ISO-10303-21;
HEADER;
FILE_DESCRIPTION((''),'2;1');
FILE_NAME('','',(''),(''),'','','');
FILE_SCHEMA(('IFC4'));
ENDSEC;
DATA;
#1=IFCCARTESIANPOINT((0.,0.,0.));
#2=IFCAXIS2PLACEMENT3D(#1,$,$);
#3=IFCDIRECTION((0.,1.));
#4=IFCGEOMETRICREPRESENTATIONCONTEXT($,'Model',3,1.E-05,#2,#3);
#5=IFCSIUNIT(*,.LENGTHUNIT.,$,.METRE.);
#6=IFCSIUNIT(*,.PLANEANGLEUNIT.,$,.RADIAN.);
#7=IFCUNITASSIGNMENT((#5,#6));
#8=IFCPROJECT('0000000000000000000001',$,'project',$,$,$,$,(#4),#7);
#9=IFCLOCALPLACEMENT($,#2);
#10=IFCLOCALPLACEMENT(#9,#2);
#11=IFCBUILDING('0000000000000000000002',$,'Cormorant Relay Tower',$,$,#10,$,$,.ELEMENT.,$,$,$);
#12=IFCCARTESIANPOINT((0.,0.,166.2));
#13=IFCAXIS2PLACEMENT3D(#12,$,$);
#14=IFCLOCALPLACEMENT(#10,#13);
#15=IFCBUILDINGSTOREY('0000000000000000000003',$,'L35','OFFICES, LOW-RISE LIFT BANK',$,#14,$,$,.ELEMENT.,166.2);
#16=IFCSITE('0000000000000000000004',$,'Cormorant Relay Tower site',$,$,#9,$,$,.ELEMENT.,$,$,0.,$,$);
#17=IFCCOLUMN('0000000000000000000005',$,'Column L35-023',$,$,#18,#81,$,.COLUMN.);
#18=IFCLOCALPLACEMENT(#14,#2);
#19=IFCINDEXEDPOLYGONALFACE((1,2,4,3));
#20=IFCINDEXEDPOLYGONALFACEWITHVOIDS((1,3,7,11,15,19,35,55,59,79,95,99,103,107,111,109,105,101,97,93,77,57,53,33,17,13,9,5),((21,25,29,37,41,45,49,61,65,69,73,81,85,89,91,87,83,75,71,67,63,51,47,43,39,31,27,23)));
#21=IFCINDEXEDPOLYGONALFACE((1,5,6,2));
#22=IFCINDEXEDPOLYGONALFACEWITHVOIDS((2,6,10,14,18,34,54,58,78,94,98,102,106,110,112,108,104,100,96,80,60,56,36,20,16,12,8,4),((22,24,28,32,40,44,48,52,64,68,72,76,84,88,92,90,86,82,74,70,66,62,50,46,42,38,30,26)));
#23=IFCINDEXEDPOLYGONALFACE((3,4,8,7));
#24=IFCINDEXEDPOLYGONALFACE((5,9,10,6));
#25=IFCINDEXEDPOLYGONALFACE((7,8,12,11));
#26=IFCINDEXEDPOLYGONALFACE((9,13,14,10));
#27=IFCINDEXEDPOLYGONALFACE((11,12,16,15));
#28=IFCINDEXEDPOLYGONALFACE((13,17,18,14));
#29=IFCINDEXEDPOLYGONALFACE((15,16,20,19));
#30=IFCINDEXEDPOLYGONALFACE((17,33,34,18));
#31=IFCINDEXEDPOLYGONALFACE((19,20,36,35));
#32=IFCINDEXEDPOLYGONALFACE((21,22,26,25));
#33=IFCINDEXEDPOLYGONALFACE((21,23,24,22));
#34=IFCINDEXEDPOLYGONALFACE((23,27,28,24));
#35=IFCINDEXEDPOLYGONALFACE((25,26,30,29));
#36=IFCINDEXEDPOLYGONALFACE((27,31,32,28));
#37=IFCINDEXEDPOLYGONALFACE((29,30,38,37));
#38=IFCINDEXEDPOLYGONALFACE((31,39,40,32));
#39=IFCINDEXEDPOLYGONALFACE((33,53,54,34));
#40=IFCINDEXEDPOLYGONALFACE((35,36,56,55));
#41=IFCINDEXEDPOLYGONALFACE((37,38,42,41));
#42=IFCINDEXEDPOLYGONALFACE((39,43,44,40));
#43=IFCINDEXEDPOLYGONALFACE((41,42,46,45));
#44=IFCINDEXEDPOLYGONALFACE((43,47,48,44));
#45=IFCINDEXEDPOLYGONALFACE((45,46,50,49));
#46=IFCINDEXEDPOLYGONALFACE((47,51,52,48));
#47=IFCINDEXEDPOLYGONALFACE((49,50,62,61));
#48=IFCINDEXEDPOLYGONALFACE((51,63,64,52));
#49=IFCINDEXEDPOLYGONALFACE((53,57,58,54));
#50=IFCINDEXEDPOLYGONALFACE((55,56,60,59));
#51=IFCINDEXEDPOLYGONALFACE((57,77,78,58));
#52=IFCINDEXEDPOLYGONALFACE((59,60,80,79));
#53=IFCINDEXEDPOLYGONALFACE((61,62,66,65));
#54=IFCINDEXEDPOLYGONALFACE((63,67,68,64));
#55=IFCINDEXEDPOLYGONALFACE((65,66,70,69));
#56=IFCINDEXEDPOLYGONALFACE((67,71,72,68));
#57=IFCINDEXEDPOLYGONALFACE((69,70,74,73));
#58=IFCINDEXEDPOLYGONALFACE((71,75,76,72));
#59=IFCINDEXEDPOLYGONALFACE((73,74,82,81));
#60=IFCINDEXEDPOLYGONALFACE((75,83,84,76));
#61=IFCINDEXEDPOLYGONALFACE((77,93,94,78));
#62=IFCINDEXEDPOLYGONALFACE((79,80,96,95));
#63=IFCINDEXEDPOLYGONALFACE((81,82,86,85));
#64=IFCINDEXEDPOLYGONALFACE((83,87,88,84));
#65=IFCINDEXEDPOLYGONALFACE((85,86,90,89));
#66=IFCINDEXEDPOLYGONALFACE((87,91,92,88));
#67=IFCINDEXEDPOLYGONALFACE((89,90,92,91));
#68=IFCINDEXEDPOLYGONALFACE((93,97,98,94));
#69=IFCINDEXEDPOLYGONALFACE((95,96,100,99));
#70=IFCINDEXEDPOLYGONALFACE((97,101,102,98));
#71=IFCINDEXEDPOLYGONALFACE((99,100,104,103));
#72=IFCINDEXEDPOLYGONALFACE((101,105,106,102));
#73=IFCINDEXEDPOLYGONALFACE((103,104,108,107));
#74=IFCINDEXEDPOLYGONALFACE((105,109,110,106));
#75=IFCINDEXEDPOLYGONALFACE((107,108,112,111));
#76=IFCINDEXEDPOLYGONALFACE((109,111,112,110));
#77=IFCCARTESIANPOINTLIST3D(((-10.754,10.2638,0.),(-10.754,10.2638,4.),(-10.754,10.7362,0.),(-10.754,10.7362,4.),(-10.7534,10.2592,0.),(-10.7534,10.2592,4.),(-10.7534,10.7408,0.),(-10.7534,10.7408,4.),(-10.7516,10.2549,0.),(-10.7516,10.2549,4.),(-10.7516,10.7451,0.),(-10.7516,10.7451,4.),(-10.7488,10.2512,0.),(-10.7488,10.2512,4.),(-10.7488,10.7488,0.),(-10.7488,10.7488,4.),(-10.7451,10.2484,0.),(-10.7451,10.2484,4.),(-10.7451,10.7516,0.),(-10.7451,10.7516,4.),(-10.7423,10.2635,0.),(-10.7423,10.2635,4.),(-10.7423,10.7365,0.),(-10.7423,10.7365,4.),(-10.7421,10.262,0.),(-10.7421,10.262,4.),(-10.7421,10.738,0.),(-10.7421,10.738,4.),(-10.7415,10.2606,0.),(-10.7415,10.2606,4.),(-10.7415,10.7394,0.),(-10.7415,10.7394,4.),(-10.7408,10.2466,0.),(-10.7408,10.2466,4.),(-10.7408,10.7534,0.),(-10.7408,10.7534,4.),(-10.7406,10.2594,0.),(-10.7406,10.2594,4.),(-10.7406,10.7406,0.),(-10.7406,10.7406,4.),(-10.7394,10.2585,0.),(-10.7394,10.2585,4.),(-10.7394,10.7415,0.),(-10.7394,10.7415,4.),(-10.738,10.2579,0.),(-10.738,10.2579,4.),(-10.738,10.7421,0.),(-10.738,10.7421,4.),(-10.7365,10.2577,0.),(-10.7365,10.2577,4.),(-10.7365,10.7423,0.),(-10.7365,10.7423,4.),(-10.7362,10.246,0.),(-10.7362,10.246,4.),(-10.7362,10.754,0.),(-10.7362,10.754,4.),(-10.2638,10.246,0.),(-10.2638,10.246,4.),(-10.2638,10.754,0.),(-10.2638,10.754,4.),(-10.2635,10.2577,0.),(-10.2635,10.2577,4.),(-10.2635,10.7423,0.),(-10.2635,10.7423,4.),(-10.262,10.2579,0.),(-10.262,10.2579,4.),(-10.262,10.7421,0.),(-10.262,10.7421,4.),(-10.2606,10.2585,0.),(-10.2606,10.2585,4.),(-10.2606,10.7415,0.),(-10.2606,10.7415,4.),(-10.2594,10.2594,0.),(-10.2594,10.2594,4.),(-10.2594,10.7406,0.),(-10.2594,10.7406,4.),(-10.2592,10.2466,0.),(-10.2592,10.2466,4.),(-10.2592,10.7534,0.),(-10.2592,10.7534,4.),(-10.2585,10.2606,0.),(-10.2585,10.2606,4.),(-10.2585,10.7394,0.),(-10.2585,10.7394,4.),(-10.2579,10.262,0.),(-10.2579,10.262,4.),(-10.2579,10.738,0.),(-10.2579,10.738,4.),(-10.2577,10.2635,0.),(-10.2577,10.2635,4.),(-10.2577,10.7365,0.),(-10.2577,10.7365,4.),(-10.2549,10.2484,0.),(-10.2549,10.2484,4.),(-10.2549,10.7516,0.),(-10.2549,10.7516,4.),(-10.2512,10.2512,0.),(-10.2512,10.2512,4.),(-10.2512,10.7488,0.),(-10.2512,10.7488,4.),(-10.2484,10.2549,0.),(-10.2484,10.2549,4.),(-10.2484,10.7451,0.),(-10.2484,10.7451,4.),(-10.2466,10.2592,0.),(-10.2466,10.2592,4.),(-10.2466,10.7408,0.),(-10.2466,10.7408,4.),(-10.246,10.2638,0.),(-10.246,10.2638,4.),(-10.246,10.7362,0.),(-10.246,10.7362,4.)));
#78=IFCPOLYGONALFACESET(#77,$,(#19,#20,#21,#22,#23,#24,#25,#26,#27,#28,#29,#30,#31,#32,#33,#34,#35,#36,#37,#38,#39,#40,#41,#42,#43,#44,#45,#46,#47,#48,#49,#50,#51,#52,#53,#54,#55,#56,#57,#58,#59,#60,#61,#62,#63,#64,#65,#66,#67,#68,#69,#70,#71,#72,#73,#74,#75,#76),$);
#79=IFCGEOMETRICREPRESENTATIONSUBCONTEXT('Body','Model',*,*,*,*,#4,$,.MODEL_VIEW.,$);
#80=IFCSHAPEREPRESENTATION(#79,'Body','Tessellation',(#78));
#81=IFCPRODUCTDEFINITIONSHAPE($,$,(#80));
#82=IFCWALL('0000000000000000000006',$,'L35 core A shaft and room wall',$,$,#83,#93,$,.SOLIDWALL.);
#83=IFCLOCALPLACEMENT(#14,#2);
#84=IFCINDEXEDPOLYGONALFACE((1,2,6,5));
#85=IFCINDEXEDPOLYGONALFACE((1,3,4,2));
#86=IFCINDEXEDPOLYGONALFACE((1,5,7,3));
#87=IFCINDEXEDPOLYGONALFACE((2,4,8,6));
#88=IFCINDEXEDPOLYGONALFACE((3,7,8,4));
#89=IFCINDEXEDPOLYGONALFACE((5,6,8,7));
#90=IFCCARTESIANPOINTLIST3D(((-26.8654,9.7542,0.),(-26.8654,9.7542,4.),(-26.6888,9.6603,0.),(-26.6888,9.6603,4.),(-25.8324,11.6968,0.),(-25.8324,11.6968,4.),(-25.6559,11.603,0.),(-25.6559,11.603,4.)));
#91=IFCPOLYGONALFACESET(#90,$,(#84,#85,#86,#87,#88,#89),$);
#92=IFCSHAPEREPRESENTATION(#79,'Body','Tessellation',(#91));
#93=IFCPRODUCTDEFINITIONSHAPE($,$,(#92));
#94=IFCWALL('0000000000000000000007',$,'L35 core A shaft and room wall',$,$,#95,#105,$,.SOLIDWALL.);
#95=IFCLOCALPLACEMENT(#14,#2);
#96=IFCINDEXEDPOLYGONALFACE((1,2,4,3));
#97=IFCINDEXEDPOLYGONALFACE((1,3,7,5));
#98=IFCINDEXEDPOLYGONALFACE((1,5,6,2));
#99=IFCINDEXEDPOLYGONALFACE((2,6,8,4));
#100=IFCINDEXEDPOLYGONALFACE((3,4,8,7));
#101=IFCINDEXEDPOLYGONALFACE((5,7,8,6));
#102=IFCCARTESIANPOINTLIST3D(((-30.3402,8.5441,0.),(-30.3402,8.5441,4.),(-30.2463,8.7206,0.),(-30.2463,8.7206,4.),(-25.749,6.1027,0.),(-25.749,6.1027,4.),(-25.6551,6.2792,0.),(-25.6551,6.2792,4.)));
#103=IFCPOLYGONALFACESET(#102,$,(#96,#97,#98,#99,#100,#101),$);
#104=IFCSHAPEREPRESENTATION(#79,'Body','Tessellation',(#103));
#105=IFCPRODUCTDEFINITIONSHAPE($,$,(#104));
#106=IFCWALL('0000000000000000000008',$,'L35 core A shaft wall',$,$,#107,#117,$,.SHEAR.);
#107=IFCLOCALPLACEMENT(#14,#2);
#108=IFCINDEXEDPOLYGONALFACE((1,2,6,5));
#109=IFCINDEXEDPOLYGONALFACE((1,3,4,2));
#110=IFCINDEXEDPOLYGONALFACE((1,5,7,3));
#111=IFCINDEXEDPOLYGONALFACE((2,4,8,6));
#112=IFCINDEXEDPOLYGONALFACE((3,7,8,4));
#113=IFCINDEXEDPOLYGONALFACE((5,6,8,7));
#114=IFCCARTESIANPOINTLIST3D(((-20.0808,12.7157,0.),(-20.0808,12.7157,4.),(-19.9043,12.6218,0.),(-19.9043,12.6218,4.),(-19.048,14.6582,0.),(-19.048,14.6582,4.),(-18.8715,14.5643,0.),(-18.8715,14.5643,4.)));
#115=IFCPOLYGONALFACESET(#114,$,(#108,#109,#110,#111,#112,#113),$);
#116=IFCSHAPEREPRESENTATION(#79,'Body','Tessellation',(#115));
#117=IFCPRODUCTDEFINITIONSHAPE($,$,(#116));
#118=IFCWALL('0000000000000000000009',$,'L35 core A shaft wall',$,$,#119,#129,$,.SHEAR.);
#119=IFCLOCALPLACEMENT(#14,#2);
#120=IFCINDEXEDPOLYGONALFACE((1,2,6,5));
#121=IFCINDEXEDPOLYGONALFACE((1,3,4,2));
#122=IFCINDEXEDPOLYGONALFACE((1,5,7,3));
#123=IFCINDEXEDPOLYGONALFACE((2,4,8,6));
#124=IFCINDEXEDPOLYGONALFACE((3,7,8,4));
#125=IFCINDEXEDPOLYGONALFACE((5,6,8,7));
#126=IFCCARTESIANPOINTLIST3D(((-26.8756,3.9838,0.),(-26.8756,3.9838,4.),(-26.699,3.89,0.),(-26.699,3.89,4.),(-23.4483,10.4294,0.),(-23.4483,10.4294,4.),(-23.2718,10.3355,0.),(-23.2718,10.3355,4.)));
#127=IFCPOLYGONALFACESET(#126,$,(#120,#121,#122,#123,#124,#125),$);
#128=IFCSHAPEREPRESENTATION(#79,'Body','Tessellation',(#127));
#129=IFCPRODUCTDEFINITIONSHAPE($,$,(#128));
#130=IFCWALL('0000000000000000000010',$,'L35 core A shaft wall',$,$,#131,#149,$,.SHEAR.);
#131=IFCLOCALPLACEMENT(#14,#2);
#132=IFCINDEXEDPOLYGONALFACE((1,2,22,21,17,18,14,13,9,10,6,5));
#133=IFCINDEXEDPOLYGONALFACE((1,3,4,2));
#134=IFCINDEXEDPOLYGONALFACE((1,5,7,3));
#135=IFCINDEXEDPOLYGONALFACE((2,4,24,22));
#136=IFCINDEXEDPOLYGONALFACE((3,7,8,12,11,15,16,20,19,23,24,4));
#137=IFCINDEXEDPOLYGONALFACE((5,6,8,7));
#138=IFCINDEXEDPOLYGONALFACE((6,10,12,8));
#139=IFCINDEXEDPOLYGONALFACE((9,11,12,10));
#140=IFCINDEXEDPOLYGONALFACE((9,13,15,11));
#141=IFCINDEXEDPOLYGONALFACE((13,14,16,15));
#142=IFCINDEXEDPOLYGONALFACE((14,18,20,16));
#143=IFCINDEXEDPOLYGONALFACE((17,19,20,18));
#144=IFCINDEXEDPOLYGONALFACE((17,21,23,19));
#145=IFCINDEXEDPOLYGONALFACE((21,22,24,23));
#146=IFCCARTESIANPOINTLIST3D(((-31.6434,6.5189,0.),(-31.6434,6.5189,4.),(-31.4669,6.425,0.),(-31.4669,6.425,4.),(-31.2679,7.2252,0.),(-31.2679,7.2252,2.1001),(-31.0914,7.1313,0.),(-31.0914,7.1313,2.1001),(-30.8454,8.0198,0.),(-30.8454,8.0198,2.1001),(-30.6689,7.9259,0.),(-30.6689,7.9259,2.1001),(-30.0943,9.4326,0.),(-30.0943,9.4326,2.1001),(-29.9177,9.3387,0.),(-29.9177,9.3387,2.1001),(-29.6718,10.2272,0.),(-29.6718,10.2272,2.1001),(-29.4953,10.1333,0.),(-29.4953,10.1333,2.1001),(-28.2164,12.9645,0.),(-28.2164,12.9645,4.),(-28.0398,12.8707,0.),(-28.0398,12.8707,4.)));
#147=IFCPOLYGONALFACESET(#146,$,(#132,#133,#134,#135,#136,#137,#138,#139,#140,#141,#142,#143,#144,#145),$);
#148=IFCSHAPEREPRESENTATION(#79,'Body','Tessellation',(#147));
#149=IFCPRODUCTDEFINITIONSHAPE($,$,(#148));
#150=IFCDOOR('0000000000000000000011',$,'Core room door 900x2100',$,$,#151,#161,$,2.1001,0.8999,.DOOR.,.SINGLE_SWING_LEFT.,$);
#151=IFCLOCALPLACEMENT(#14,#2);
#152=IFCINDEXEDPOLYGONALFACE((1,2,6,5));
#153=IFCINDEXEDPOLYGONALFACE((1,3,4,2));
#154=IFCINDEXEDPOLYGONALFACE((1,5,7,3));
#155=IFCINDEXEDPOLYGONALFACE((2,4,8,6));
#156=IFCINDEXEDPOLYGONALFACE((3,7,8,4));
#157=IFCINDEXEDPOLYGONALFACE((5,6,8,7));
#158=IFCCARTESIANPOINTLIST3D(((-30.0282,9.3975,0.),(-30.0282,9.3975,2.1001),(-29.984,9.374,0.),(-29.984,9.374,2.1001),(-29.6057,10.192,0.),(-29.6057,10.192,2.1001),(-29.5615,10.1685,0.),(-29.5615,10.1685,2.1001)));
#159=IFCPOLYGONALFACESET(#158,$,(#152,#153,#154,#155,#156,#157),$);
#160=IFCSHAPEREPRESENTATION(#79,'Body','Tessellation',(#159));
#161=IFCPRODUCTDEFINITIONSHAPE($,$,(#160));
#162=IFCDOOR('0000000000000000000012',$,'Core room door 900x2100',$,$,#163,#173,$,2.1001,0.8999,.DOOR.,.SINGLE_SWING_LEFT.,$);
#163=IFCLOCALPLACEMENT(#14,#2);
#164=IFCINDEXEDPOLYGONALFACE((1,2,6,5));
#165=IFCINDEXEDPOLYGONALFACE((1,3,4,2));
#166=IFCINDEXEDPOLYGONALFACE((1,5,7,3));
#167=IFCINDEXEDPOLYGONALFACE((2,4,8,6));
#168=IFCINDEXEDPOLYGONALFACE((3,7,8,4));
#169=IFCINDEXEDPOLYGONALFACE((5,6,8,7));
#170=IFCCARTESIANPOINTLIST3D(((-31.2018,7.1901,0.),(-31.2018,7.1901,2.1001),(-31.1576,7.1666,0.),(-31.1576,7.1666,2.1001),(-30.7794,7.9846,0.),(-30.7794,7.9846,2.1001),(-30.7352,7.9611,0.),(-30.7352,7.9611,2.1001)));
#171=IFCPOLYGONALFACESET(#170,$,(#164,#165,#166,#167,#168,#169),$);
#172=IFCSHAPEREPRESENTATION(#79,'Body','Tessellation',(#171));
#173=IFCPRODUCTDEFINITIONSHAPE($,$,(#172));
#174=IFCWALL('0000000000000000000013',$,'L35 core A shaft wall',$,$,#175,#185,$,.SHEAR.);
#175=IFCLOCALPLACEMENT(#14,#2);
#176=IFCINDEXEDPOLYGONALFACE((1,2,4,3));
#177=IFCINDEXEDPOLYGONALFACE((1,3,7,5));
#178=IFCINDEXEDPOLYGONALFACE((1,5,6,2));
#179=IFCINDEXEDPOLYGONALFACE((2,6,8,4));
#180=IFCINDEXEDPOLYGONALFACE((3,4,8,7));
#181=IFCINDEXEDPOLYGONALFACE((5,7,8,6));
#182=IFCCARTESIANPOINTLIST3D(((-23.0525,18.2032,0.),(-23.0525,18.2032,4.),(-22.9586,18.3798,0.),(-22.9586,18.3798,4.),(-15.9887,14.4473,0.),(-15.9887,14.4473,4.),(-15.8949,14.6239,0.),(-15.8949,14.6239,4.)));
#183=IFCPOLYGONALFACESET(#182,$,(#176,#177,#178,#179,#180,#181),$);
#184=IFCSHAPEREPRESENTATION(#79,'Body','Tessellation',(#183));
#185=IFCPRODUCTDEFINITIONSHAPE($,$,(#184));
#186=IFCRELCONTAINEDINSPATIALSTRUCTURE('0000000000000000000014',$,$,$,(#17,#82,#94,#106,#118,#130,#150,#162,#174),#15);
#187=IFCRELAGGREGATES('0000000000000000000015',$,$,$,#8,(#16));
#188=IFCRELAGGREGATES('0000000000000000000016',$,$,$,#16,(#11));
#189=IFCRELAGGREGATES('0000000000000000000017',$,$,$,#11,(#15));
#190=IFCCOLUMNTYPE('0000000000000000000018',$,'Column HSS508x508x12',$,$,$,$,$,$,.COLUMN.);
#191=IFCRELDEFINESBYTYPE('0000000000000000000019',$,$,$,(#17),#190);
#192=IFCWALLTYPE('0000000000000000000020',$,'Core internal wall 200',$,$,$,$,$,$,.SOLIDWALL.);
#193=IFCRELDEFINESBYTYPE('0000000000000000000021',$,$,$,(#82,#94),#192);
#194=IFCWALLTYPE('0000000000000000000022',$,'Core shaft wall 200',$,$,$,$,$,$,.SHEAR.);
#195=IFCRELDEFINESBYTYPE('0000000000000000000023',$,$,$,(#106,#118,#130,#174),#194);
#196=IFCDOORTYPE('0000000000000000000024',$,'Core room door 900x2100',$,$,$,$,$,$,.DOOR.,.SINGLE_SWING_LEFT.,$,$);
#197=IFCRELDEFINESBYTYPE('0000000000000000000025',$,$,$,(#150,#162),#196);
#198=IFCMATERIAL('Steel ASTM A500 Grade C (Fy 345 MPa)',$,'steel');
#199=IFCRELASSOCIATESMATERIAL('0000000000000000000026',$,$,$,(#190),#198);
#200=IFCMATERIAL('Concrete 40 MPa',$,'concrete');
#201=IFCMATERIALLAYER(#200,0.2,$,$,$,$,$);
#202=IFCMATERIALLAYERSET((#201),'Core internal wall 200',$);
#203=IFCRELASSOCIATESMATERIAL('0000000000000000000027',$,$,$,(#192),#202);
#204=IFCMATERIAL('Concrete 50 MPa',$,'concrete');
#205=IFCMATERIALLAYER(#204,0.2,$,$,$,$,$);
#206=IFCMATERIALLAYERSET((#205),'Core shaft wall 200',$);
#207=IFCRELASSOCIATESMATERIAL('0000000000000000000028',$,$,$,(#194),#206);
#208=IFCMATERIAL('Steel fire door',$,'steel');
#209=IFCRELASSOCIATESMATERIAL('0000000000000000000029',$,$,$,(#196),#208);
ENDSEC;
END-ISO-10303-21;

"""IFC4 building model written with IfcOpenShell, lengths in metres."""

from ifc_helpers import new_model, si_unit, direction, frame, frame_2d, origin, origin_2d, place, context, subcontext, project, spatial, rectangle, hollow_rectangle, extrude, material, layer, layer_set, material_profile, profile_set, type_object, element, fill, save


model = new_model("IFC4")

# Units and contexts
model_context = context("Model", 3, precision=1e-05, world=origin(), true_north=direction((0.0, 1.0)))
body_context = subcontext(model_context, "Body", "Model", "MODEL_VIEW")
ifc_project = project(units=[si_unit("LENGTHUNIT", "METRE"), si_unit("PLANEANGLEUNIT", "RADIAN")], contexts=[model_context])

# Site, building, storey
site_placement = place(None, origin())
site = spatial("IfcSite", under=ifc_project, at=site_placement, Name="Cormorant Relay Tower site", CompositionType="ELEMENT", RefElevation=0.0)
building_placement = place(site_placement, origin())
building = spatial("IfcBuilding", under=site, at=building_placement, Name="Cormorant Relay Tower", CompositionType="ELEMENT")
storey_placement = place(building_placement, frame((0.0, 0.0, 166.2)))
storey = spatial("IfcBuildingStorey", under=building, at=storey_placement, Name="L35", Description="OFFICES, LOW-RISE LIFT BANK", CompositionType="ELEMENT", Elevation=166.2)

# Column
ifc_material_1 = material(Name="Steel ASTM A500 Grade C (Fy 345 MPa)", Category="steel")
ifc_material_profile = material_profile(ifc_material_1, hollow_rectangle(XDim=0.5081, YDim=0.5081, WallThickness=0.0117, InnerFilletRadius=0.0059, OuterFilletRadius=0.0178, at=origin_2d()), Name="HSS508x508x12")
ifc_profile_set = profile_set([ifc_material_profile], Name="Steel ASTM A500 Grade C (Fy 345 MPa)")
column_type = type_object("IfcColumnType", Name="Column HSS508x508x12", PredefinedType="COLUMN", material=ifc_profile_set)
column_placement = place(storey_placement, frame((-10.5, 10.5, 0.0), z_axis=(0.0, 0.0, 1.0), x_axis=(1.0, 0.0, 0.0)))
element("IfcColumn", 1, at=column_placement, inside=storey, type_object=column_type, Name="Column L35-023", PredefinedType="COLUMN", context=body_context, shape_type="SweptSolid", body=[
    extrude(hollow_rectangle(XDim=0.5081, YDim=0.5081, WallThickness=0.0117, InnerFilletRadius=0.0059, OuterFilletRadius=0.0178, at=origin_2d()), origin(), (0.0, 0.0, 1.0), 4.0),
])

# Walls
ifc_material_2 = material(Name="Concrete 40 MPa", Category="concrete")
ifc_layer_1 = layer(ifc_material_2, 0.2)
ifc_layer_set_1 = layer_set([ifc_layer_1], Name="Core internal wall 200")
wall_type_1 = type_object("IfcWallType", Name="Core internal wall 200", PredefinedType="SOLIDWALL", material=ifc_layer_set_1)
wall_1_placement = place(storey_placement, frame((-25.7441, 11.6499, 0.0), z_axis=(0.0, 0.0, 1.0), x_axis=(-0.469488, -0.882939, 0.0)))
element("IfcWall", 2, at=wall_1_placement, inside=storey, type_object=wall_type_1, Name="L35 core A shaft and room wall", PredefinedType="SOLIDWALL", context=body_context, shape_type="SweptSolid", body=[
    extrude(rectangle(XDim=2.2002, YDim=0.2, at=frame_2d((1.1001, 0.0))), origin(), (0.0, 0.0, 1.0), 4.0),
])
wall_2_placement = place(storey_placement, frame((-25.7019, 6.1909, 0.0), z_axis=(0.0, 0.0, 1.0), x_axis=(-0.882935, 0.469496, 0.0)))
element("IfcWall", 3, at=wall_2_placement, inside=storey, type_object=wall_type_1, Name="L35 core A shaft and room wall", PredefinedType="SOLIDWALL", context=body_context, shape_type="SweptSolid", body=[
    extrude(rectangle(XDim=5.2, YDim=0.2, at=frame_2d((2.6001, 0.0))), origin(), (0.0, 0.0, 1.0), 4.0),
])
ifc_material_3 = material(Name="Concrete 50 MPa", Category="concrete")
ifc_layer_2 = layer(ifc_material_3, 0.2)
ifc_layer_set_2 = layer_set([ifc_layer_2], Name="Core shaft wall 200")
wall_type_2 = type_object("IfcWallType", Name="Core shaft wall 200", PredefinedType="SHEAR", material=ifc_layer_set_2)
wall_3_placement = place(storey_placement, frame((-18.9597, 14.6113, 0.0), z_axis=(0.0, 0.0, 1.0), x_axis=(-0.469447, -0.88296, 0.0)))
element("IfcWall", 4, at=wall_3_placement, inside=storey, type_object=wall_type_2, Name="L35 core A shaft wall", PredefinedType="SHEAR", context=body_context, shape_type="SweptSolid", body=[
    extrude(rectangle(XDim=2.2, YDim=0.2, at=frame_2d((1.1001, 0.0))), origin(), (0.0, 0.0, 1.0), 4.0),
])
wall_4_placement = place(storey_placement, frame((-23.3601, 10.3823, 0.0), z_axis=(0.0, 0.0, 1.0), x_axis=(-0.46948, -0.882943, 0.0)))
element("IfcWall", 5, at=wall_4_placement, inside=storey, type_object=wall_type_2, Name="L35 core A shaft wall", PredefinedType="SHEAR", context=body_context, shape_type="SweptSolid", body=[
    extrude(rectangle(XDim=7.3, YDim=0.2, at=frame_2d((3.6499, 0.0))), origin(), (0.0, 0.0, 1.0), 4.0),
])

# Wall, openings, doors
wall_5_placement = place(storey_placement, frame((-28.1282, 12.9175, 0.0), z_axis=(0.0, 0.0, 1.0), x_axis=(-0.469454, -0.882957, 0.0)))
wall_5 = element("IfcWall", 6, at=wall_5_placement, inside=storey, type_object=wall_type_2, Name="L35 core A shaft wall", PredefinedType="SHEAR", context=body_context, shape_type="SweptSolid", body=[
    extrude(rectangle(XDim=7.3, YDim=0.2, at=frame_2d((3.6499, 0.0))), origin(), (0.0, 0.0, 1.0), 4.0),
])
opening_1_placement = place(wall_5_placement, frame((3.1001, 0.0, 0.0)))
opening_1 = element("IfcOpeningElement", 7, at=opening_1_placement, cuts=wall_5, PredefinedType="OPENING", context=body_context, shape_type="SweptSolid", body=[
    extrude(rectangle(XDim=0.8999, YDim=2.1001, at=frame_2d((0.45, 1.05))), frame((0.0, 0.1099, 0.0), z_axis=(0.0, -1.0, 0.0), x_axis=(1.0, 0.0, 0.0)), (0.0, 0.0, 1.0), 0.22),
])
opening_2_placement = place(wall_5_placement, frame((5.6001, 0.0, 0.0)))
opening_2 = element("IfcOpeningElement", 8, at=opening_2_placement, cuts=wall_5, PredefinedType="OPENING", context=body_context, shape_type="SweptSolid", body=[
    extrude(rectangle(XDim=0.8999, YDim=2.1001, at=frame_2d((0.45, 1.05))), frame((0.0, 0.1099, 0.0), z_axis=(0.0, -1.0, 0.0), x_axis=(1.0, 0.0, 0.0)), (0.0, 0.0, 1.0), 0.22),
])
ifc_material_4 = material(Name="Steel fire door", Category="steel")
door_type_1 = type_object("IfcDoorType", Name="Core room door 900x2100", OperationType="SINGLE_SWING_LEFT", PredefinedType="DOOR", material=ifc_material_4)
door_1_placement = place(opening_1_placement, origin())
door_1 = element("IfcDoor", 9, at=door_1_placement, inside=storey, type_object=door_type_1, Name="Core room door 900x2100", OperationType="SINGLE_SWING_LEFT", OverallHeight=2.1001, OverallWidth=0.8999, PredefinedType="DOOR", context=body_context, shape_type="SweptSolid", body=[
    extrude(rectangle(XDim=0.8999, YDim=2.1001, at=frame_2d((0.45, 1.05))), frame((0.0, 0.0249, 0.0), z_axis=(0.0, -1.0, 0.0), x_axis=(1.0, 0.0, 0.0)), (0.0, 0.0, 1.0), 0.05),
])
fill(opening_1, door_1)
door_2_placement = place(opening_2_placement, origin())
door_2 = element("IfcDoor", 10, at=door_2_placement, inside=storey, type_object=door_type_1, Name="Core room door 900x2100", OperationType="SINGLE_SWING_LEFT", OverallHeight=2.1001, OverallWidth=0.8999, PredefinedType="DOOR", context=body_context, shape_type="SweptSolid", body=[
    extrude(rectangle(XDim=0.8999, YDim=2.1001, at=frame_2d((0.45, 1.05))), frame((0.0, 0.0249, 0.0), z_axis=(0.0, -1.0, 0.0), x_axis=(1.0, 0.0, 0.0)), (0.0, 0.0, 1.0), 0.05),
])
fill(opening_2, door_2)

# Wall
wall_6_placement = place(storey_placement, frame((-15.9419, 14.5356, 0.0), z_axis=(0.0, 0.0, 1.0), x_axis=(-0.882947, 0.469473, 0.0)))
element("IfcWall", 11, at=wall_6_placement, inside=storey, type_object=wall_type_2, Name="L35 core A shaft wall", PredefinedType="SHEAR", context=body_context, shape_type="SweptSolid", body=[
    extrude(rectangle(XDim=8.0002, YDim=0.2, at=frame_2d((4.0, 0.0))), origin(), (0.0, 0.0, 1.0), 4.0),
])

save(model, "model.ifc")
